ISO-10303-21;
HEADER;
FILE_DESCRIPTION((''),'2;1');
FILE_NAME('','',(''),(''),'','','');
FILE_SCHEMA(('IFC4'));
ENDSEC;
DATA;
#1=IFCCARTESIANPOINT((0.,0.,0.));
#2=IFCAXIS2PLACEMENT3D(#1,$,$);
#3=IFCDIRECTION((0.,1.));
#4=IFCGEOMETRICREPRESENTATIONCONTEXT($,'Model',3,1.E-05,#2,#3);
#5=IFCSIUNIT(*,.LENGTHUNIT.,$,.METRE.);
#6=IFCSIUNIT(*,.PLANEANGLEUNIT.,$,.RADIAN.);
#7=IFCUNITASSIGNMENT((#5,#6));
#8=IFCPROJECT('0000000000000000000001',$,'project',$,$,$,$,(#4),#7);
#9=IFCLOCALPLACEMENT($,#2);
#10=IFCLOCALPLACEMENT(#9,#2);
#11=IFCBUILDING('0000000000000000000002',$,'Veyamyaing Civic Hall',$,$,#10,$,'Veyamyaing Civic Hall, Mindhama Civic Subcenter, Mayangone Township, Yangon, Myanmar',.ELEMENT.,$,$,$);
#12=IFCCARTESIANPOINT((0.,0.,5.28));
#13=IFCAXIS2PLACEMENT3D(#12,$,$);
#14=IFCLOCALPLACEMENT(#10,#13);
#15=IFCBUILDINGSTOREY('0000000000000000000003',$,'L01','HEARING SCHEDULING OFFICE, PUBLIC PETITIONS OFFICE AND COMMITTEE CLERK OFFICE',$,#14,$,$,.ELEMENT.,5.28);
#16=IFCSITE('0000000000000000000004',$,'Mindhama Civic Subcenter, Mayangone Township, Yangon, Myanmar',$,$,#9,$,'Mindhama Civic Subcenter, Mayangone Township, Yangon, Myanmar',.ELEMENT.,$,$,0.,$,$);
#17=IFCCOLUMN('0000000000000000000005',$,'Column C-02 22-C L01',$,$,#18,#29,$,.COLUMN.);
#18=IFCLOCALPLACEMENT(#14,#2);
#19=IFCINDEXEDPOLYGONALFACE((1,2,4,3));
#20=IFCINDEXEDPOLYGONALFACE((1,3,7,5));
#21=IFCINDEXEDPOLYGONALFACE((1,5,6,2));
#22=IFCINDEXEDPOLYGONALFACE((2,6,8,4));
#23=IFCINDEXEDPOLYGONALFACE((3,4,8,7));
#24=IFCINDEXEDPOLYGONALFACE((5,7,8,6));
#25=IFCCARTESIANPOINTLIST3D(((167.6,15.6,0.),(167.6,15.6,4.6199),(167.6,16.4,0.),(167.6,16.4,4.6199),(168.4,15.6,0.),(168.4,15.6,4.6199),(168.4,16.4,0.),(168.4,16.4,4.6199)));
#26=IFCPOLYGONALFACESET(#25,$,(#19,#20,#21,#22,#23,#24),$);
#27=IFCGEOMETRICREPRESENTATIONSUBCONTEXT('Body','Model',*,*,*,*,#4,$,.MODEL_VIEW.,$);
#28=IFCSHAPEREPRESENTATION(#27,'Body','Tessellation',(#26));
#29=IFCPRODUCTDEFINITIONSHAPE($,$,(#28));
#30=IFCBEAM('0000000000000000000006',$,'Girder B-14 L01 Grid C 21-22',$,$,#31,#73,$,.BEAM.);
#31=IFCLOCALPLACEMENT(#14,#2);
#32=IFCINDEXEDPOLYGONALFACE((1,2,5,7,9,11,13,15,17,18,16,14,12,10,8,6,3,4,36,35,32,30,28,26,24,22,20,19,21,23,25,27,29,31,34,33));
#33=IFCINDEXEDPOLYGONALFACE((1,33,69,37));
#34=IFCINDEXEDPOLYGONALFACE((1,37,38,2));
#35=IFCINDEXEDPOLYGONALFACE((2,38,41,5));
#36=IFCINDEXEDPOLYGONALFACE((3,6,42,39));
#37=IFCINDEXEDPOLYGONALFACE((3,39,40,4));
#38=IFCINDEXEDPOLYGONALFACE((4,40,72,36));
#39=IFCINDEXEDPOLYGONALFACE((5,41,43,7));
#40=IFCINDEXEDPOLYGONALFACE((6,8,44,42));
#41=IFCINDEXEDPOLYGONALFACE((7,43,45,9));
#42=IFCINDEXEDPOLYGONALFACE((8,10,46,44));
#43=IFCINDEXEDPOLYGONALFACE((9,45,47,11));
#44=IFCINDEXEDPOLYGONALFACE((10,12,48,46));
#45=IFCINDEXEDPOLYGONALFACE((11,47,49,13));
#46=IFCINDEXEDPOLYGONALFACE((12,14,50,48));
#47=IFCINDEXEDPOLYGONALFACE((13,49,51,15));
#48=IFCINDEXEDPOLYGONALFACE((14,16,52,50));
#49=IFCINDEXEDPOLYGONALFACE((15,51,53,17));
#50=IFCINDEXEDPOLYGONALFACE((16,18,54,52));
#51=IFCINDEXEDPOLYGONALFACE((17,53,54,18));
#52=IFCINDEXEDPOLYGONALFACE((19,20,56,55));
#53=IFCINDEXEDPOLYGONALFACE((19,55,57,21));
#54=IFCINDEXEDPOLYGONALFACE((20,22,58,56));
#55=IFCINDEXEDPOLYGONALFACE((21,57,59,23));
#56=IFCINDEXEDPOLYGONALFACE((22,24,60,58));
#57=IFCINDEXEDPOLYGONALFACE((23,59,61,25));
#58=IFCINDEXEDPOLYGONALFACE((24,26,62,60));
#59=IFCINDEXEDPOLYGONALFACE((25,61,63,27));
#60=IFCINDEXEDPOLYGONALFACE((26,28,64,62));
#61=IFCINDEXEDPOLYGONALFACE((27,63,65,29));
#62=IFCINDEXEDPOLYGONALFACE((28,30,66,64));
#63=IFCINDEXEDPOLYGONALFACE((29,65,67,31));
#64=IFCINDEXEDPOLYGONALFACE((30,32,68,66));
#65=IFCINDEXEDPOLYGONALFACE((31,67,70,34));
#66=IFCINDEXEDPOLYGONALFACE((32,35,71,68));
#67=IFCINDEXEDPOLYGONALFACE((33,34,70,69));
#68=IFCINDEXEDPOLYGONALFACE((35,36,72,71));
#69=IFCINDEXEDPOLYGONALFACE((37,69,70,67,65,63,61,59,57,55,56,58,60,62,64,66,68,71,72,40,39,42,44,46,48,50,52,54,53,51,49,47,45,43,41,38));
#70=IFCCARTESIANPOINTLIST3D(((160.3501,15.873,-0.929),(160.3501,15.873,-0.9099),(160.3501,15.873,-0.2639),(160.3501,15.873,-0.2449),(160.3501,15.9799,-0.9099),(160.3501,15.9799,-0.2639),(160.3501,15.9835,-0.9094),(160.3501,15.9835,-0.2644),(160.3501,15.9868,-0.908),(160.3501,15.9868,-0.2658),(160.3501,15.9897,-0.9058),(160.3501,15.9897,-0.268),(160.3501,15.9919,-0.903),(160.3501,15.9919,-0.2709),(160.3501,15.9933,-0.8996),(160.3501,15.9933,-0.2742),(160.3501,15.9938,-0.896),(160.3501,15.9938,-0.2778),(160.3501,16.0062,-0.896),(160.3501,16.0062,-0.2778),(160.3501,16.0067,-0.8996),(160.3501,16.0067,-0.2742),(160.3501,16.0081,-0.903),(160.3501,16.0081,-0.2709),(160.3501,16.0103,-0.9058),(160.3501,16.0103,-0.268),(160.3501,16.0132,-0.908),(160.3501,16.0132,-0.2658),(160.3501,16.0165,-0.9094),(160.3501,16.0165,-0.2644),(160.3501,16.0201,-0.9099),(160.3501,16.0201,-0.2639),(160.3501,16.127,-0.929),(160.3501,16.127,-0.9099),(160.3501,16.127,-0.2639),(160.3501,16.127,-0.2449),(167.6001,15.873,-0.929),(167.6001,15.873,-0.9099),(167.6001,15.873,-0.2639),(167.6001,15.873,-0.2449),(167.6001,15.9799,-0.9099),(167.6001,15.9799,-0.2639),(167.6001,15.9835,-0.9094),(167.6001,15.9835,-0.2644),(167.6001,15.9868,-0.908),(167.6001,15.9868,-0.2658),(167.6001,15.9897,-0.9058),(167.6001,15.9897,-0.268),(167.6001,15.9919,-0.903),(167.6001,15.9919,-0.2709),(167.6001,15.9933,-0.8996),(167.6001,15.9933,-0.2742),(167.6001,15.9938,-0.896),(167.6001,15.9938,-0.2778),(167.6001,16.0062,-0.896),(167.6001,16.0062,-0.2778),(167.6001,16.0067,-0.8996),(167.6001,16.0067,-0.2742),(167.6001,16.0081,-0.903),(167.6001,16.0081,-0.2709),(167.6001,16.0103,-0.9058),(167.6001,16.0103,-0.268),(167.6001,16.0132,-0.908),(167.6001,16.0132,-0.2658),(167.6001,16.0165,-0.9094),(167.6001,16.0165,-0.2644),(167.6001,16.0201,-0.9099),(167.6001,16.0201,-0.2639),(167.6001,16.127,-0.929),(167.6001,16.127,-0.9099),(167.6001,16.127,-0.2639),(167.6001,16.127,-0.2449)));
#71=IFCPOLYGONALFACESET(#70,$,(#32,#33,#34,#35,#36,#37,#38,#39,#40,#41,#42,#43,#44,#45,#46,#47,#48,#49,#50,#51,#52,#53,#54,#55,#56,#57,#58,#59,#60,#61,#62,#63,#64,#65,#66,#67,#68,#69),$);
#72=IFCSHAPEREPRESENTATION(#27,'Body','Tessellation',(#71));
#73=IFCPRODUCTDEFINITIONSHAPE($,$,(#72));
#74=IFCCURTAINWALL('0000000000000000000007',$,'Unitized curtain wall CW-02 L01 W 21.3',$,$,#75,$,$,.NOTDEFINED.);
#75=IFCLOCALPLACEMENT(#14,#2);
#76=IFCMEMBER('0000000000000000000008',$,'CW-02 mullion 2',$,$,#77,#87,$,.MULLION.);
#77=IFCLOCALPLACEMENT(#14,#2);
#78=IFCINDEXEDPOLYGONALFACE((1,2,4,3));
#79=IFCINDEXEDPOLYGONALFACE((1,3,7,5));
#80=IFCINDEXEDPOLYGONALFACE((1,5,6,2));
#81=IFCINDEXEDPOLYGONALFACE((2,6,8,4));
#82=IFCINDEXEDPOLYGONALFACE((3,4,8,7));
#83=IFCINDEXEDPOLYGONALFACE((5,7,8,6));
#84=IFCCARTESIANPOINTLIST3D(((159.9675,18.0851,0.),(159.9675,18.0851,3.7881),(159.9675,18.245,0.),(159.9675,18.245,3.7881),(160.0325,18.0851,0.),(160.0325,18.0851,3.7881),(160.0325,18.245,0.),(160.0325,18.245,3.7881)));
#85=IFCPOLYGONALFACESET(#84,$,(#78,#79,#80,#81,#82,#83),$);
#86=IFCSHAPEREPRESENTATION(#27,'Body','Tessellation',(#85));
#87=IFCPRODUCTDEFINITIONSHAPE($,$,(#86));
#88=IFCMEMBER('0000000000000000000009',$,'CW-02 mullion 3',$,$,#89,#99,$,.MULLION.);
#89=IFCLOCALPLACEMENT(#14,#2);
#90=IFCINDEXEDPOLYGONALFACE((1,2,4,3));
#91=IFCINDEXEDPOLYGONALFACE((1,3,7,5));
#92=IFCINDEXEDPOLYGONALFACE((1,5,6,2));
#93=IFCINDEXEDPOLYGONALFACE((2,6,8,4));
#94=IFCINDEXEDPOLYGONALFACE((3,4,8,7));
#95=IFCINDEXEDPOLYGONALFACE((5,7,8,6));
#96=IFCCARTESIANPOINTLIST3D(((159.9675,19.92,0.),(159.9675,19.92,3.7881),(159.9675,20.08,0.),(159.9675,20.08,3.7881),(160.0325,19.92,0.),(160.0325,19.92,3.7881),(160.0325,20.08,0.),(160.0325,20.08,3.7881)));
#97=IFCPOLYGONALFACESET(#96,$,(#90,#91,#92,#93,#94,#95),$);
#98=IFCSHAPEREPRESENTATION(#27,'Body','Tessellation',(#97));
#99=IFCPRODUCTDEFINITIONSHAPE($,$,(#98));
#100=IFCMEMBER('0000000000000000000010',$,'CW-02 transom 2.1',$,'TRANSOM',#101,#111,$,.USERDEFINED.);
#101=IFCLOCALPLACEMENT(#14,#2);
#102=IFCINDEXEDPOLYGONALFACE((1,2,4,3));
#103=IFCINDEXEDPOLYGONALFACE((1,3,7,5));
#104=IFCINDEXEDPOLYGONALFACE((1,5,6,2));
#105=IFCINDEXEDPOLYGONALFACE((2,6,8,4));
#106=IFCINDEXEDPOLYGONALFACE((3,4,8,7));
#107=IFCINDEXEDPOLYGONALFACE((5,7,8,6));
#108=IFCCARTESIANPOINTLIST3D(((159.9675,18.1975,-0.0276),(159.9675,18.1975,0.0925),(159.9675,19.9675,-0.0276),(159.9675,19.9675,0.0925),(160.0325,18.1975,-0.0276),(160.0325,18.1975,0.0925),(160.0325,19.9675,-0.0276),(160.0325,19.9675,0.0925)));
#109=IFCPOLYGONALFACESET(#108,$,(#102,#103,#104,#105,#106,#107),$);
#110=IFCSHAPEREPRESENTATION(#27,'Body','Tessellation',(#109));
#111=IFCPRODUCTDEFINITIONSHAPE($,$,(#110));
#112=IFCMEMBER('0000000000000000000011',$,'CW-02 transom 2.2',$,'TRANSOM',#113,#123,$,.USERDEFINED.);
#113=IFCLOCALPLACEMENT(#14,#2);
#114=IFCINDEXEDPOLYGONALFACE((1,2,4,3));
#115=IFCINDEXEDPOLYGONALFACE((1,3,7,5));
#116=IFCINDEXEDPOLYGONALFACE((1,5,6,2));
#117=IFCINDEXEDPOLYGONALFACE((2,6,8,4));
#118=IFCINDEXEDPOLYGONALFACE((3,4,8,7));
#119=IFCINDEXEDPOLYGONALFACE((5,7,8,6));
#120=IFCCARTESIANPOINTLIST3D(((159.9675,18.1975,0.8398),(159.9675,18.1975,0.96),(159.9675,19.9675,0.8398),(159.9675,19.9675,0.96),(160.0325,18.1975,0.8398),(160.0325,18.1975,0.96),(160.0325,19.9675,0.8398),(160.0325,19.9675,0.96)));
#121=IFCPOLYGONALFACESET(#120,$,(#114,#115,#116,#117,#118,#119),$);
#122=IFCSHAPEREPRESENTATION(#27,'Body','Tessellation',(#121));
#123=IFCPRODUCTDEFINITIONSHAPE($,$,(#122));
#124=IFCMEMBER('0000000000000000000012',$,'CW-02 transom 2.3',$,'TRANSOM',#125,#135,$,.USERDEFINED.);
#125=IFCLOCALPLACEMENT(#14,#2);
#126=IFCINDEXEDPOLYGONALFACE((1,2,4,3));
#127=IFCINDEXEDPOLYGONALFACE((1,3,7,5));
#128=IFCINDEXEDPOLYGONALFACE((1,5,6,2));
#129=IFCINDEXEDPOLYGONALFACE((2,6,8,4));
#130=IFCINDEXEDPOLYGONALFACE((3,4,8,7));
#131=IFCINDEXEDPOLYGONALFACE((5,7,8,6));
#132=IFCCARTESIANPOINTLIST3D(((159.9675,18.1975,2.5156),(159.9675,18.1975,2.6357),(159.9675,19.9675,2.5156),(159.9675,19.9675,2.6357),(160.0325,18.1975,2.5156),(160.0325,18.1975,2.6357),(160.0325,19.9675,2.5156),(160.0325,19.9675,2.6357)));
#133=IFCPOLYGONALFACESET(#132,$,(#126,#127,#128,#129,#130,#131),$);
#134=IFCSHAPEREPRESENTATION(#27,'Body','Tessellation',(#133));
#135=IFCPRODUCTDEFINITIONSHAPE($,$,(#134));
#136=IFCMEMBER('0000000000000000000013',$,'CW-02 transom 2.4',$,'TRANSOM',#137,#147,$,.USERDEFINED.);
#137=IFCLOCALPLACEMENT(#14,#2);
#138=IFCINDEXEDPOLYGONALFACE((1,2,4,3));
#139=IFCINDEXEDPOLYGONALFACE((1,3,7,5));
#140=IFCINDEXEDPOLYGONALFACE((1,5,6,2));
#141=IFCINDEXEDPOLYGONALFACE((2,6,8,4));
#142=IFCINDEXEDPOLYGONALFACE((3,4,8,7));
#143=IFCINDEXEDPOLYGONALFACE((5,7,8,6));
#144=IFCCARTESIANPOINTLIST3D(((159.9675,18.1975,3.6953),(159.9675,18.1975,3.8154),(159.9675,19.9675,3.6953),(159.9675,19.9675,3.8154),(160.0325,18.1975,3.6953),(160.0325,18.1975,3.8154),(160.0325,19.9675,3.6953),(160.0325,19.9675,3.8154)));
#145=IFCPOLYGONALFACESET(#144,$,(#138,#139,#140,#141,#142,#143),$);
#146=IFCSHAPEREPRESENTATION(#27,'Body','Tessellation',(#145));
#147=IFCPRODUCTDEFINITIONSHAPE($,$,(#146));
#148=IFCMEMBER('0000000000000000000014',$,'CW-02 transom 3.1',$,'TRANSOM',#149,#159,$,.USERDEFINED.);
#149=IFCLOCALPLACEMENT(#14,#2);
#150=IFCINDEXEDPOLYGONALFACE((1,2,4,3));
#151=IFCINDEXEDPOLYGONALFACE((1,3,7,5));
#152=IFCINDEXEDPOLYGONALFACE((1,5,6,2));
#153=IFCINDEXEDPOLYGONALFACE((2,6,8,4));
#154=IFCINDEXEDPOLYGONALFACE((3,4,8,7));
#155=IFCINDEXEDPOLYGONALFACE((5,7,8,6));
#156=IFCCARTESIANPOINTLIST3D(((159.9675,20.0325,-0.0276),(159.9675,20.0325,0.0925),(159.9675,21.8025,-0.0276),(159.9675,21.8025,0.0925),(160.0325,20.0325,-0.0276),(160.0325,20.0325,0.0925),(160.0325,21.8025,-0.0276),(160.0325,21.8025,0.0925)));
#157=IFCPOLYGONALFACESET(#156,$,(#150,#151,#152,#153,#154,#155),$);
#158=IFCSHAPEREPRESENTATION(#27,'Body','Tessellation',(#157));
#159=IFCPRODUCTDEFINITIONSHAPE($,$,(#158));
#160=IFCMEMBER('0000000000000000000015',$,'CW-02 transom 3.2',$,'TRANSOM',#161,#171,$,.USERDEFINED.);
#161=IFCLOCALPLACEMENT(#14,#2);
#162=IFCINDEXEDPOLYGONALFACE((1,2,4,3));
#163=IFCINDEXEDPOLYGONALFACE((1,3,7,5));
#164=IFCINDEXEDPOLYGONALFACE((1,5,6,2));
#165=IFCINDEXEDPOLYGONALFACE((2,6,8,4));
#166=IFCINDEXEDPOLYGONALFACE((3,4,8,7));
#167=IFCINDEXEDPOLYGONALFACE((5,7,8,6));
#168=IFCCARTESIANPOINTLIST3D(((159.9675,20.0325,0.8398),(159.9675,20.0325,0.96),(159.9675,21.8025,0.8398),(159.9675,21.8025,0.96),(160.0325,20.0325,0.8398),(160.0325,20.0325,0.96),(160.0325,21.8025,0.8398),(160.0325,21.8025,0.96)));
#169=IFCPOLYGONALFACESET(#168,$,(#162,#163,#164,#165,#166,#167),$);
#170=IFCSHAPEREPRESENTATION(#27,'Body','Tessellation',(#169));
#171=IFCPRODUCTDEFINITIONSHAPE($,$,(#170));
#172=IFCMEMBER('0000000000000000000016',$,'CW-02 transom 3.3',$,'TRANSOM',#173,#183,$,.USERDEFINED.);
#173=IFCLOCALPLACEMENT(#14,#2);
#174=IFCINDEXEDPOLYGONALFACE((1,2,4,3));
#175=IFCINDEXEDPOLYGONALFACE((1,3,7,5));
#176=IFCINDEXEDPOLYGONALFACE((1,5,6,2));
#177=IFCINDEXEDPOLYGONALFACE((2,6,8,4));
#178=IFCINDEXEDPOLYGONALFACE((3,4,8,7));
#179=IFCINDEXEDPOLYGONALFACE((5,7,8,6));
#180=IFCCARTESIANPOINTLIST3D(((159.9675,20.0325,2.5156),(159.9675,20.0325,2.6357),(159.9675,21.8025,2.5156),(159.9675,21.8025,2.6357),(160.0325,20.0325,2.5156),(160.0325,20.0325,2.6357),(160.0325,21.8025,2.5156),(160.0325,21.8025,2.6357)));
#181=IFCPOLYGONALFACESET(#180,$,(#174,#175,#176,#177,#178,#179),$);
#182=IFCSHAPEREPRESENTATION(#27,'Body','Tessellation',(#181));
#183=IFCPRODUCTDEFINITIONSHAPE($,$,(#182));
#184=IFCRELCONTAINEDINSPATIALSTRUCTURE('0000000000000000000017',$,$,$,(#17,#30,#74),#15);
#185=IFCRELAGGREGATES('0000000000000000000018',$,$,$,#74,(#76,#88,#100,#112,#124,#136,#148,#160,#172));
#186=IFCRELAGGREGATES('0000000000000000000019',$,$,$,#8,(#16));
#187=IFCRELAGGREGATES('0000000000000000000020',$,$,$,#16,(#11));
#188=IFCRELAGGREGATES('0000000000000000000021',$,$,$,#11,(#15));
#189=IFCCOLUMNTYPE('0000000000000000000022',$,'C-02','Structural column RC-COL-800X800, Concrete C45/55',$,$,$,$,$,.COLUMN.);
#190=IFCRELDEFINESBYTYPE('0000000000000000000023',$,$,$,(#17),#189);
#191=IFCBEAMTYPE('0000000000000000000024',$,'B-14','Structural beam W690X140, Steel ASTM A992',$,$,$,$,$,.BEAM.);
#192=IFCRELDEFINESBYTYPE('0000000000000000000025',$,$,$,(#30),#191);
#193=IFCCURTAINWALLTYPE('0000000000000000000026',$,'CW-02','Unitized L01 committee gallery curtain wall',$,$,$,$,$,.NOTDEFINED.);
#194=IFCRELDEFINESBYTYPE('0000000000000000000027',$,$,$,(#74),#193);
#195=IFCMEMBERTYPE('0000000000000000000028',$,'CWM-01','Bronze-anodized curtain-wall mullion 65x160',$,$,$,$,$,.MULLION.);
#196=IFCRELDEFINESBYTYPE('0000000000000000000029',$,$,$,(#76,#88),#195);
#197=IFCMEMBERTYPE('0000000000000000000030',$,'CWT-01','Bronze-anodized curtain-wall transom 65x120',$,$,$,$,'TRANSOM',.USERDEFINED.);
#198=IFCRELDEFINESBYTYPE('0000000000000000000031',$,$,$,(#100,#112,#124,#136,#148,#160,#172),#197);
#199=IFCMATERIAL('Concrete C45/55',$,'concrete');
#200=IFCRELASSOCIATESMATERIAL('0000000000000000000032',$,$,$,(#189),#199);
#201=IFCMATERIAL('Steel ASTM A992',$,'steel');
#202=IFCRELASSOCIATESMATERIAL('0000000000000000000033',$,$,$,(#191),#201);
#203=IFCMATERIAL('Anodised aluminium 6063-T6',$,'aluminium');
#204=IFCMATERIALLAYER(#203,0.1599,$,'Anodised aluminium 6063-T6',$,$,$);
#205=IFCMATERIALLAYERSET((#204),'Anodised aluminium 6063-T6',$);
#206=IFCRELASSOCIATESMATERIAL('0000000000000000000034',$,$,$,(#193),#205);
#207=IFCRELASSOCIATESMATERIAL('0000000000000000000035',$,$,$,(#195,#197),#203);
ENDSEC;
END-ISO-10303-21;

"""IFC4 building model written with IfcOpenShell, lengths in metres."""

from ifc_helpers import new_model, si_unit, direction, frame, origin, origin_2d, place, context, subcontext, project, spatial, rectangle, i_section, extrude, material, layer, layer_set, material_profile, profile_set, type_object, element, aggregate, save


model = new_model("IFC4")

# Units and contexts
model_context = context("Model", 3, precision=1e-05, world=origin(), true_north=direction((0.0, 1.0)))
body_context = subcontext(model_context, "Body", "Model", "MODEL_VIEW")
ifc_project = project(units=[si_unit("LENGTHUNIT", "METRE"), si_unit("PLANEANGLEUNIT", "RADIAN")], contexts=[model_context])

# Site, building, storey
site_placement = place(None, origin())
site = spatial("IfcSite", under=ifc_project, at=site_placement, Name="Mindhama Civic Subcenter, Mayangone Township, Yangon, Myanmar", LongName="Mindhama Civic Subcenter, Mayangone Township, Yangon, Myanmar", CompositionType="ELEMENT", RefElevation=0.0)
building_placement = place(site_placement, origin())
building = spatial("IfcBuilding", under=site, at=building_placement, Name="Veyamyaing Civic Hall", LongName="Veyamyaing Civic Hall, Mindhama Civic Subcenter, Mayangone Township, Yangon, Myanmar", CompositionType="ELEMENT")
storey_placement = place(building_placement, frame((0.0, 0.0, 5.28)))
storey = spatial("IfcBuildingStorey", under=building, at=storey_placement, Name="L01", Description="HEARING SCHEDULING OFFICE, PUBLIC PETITIONS OFFICE AND COMMITTEE CLERK OFFICE", CompositionType="ELEMENT", Elevation=5.28)

# Column
ifc_material_1 = material(Name="Concrete C45/55", Category="concrete")
ifc_material_profile_1 = material_profile(ifc_material_1, rectangle(XDim=0.8, YDim=0.8, at=origin_2d()), Name="RC-COL-800X800")
ifc_profile_set_1 = profile_set([ifc_material_profile_1], Name="Concrete C45/55")
column_type = type_object("IfcColumnType", Name="C-02", Description="Structural column RC-COL-800X800, Concrete C45/55", PredefinedType="COLUMN", material=ifc_profile_set_1)
column_placement = place(storey_placement, frame((168.0, 16.0, 0.0), z_axis=(0.0, 0.0, 1.0), x_axis=(1.0, 0.0, 0.0)))
element("IfcColumn", 1, at=column_placement, inside=storey, type_object=column_type, Name="Column C-02 22-C L01", PredefinedType="COLUMN", context=body_context, shape_type="SweptSolid", body=[
    extrude(rectangle(XDim=0.8, YDim=0.8, at=origin_2d()), origin(), (0.0, 0.0, 1.0), 4.6199),
])

# Beam
ifc_material_2 = material(Name="Steel ASTM A992", Category="steel")
ifc_material_profile_2 = material_profile(ifc_material_2, i_section(OverallWidth=0.2539, OverallDepth=0.6841, WebThickness=0.0125, FlangeThickness=0.019, FilletRadius=0.0139, at=origin_2d()), Name="W690X140")
ifc_profile_set_2 = profile_set([ifc_material_profile_2], Name="Steel ASTM A992")
beam_type_1 = type_object("IfcBeamType", Name="B-14", Description="Structural beam W690X140, Steel ASTM A992", PredefinedType="BEAM", material=ifc_profile_set_2)
beam_1_placement = place(storey_placement, frame((160.3501, 16.0, -0.5869), z_axis=(1.0, 0.0, 0.0), x_axis=(0.0, 1.0, 0.0)))
element("IfcBeam", 2, at=beam_1_placement, inside=storey, type_object=beam_type_1, Name="Girder B-14 L01 Grid C 21-22", PredefinedType="BEAM", context=body_context, shape_type="SweptSolid", body=[
    extrude(i_section(OverallWidth=0.2539, OverallDepth=0.6841, WebThickness=0.0125, FlangeThickness=0.019, FilletRadius=0.0139, at=origin_2d()), origin(), (0.0, 0.0, 1.0), 7.25),
])

# Curtain wall, members
ifc_material_3 = material(Name="Anodised aluminium 6063-T6", Category="aluminium")
ifc_layer_1 = layer(ifc_material_3, 0.1599, Name="Anodised aluminium 6063-T6")
ifc_layer_set_1 = layer_set([ifc_layer_1], Name="Anodised aluminium 6063-T6")
curtain_wall_type = type_object("IfcCurtainWallType", Name="CW-02", Description="Unitized L01 committee gallery curtain wall", PredefinedType="NOTDEFINED", material=ifc_layer_set_1)
curtain_wall_placement = place(storey_placement, origin())
curtain_wall = element("IfcCurtainWall", 3, at=curtain_wall_placement, inside=storey, type_object=curtain_wall_type, Name="Unitized curtain wall CW-02 L01 W 21.3", PredefinedType="NOTDEFINED")
ifc_material_profile_3 = material_profile(ifc_material_3, rectangle(XDim=0.0649, YDim=0.1599, at=origin_2d()), Name="ALU-MUL-65X160")
ifc_profile_set_3 = profile_set([ifc_material_profile_3], Name="Anodised aluminium 6063-T6")
member_type_1 = type_object("IfcMemberType", Name="CWM-01", Description="Bronze-anodized curtain-wall mullion 65x160", PredefinedType="MULLION", material=ifc_profile_set_3)
member_1_placement = place(storey_placement, frame((160.0, 18.165, 0.0), z_axis=(0.0, 0.0, 1.0), x_axis=(-1.0, 0.0, 0.0)))
member_1 = element("IfcMember", 4, at=member_1_placement, type_object=member_type_1, Name="CW-02 mullion 2", PredefinedType="MULLION", context=body_context, shape_type="SweptSolid", body=[
    extrude(rectangle(XDim=0.0649, YDim=0.1599, at=origin_2d()), origin(), (0.0, 0.0, 1.0), 3.7881),
])
member_2_placement = place(storey_placement, frame((160.0, 20.0, 0.0), z_axis=(0.0, 0.0, 1.0), x_axis=(-1.0, 0.0, 0.0)))
member_2 = element("IfcMember", 5, at=member_2_placement, type_object=member_type_1, Name="CW-02 mullion 3", PredefinedType="MULLION", context=body_context, shape_type="SweptSolid", body=[
    extrude(rectangle(XDim=0.0649, YDim=0.1599, at=origin_2d()), origin(), (0.0, 0.0, 1.0), 3.7881),
])
ifc_material_profile_4 = material_profile(ifc_material_3, rectangle(XDim=0.0649, YDim=0.1201, at=origin_2d()), Name="ALU-TRN-65X120")
ifc_profile_set_4 = profile_set([ifc_material_profile_4], Name="Anodised aluminium 6063-T6")
member_type_2 = type_object("IfcMemberType", Name="CWT-01", Description="Bronze-anodized curtain-wall transom 65x120", ElementType="TRANSOM", PredefinedType="USERDEFINED", material=ifc_profile_set_4)
member_3_placement = place(storey_placement, frame((160.0, 18.1975, 0.0325), z_axis=(0.0, 1.0, 0.0), x_axis=(-1.0, 0.0, 0.0)))
member_3 = element("IfcMember", 6, at=member_3_placement, type_object=member_type_2, Name="CW-02 transom 2.1", ObjectType="TRANSOM", PredefinedType="USERDEFINED", context=body_context, shape_type="SweptSolid", body=[
    extrude(rectangle(XDim=0.0649, YDim=0.1201, at=origin_2d()), origin(), (0.0, 0.0, 1.0), 1.77),
])
member_4_placement = place(storey_placement, frame((160.0, 18.1975, 0.8999), z_axis=(0.0, 1.0, 0.0), x_axis=(-1.0, 0.0, 0.0)))
member_4 = element("IfcMember", 7, at=member_4_placement, type_object=member_type_2, Name="CW-02 transom 2.2", ObjectType="TRANSOM", PredefinedType="USERDEFINED", context=body_context, shape_type="SweptSolid", body=[
    extrude(rectangle(XDim=0.0649, YDim=0.1201, at=origin_2d()), origin(), (0.0, 0.0, 1.0), 1.77),
])
member_5_placement = place(storey_placement, frame((160.0, 18.1975, 2.5757), z_axis=(0.0, 1.0, 0.0), x_axis=(-1.0, 0.0, 0.0)))
member_5 = element("IfcMember", 8, at=member_5_placement, type_object=member_type_2, Name="CW-02 transom 2.3", ObjectType="TRANSOM", PredefinedType="USERDEFINED", context=body_context, shape_type="SweptSolid", body=[
    extrude(rectangle(XDim=0.0649, YDim=0.1201, at=origin_2d()), origin(), (0.0, 0.0, 1.0), 1.77),
])
member_6_placement = place(storey_placement, frame((160.0, 18.1975, 3.7554), z_axis=(0.0, 1.0, 0.0), x_axis=(-1.0, 0.0, 0.0)))
member_6 = element("IfcMember", 9, at=member_6_placement, type_object=member_type_2, Name="CW-02 transom 2.4", ObjectType="TRANSOM", PredefinedType="USERDEFINED", context=body_context, shape_type="SweptSolid", body=[
    extrude(rectangle(XDim=0.0649, YDim=0.1201, at=origin_2d()), origin(), (0.0, 0.0, 1.0), 1.77),
])
member_7_placement = place(storey_placement, frame((160.0, 20.0325, 0.0325), z_axis=(0.0, 1.0, 0.0), x_axis=(-1.0, 0.0, 0.0)))
member_7 = element("IfcMember", 10, at=member_7_placement, type_object=member_type_2, Name="CW-02 transom 3.1", ObjectType="TRANSOM", PredefinedType="USERDEFINED", context=body_context, shape_type="SweptSolid", body=[
    extrude(rectangle(XDim=0.0649, YDim=0.1201, at=origin_2d()), origin(), (0.0, 0.0, 1.0), 1.77),
])
member_8_placement = place(storey_placement, frame((160.0, 20.0325, 0.8999), z_axis=(0.0, 1.0, 0.0), x_axis=(-1.0, 0.0, 0.0)))
member_8 = element("IfcMember", 11, at=member_8_placement, type_object=member_type_2, Name="CW-02 transom 3.2", ObjectType="TRANSOM", PredefinedType="USERDEFINED", context=body_context, shape_type="SweptSolid", body=[
    extrude(rectangle(XDim=0.0649, YDim=0.1201, at=origin_2d()), origin(), (0.0, 0.0, 1.0), 1.77),
])
member_9_placement = place(storey_placement, frame((160.0, 20.0325, 2.5757), z_axis=(0.0, 1.0, 0.0), x_axis=(-1.0, 0.0, 0.0)))
member_9 = element("IfcMember", 12, at=member_9_placement, type_object=member_type_2, Name="CW-02 transom 3.3", ObjectType="TRANSOM", PredefinedType="USERDEFINED", context=body_context, shape_type="SweptSolid", body=[
    extrude(rectangle(XDim=0.0649, YDim=0.1201, at=origin_2d()), origin(), (0.0, 0.0, 1.0), 1.77),
])

aggregate(curtain_wall, [member_1, member_2, member_3, member_4, member_5, member_6, member_7, member_8, member_9])

save(model, "model.ifc")
